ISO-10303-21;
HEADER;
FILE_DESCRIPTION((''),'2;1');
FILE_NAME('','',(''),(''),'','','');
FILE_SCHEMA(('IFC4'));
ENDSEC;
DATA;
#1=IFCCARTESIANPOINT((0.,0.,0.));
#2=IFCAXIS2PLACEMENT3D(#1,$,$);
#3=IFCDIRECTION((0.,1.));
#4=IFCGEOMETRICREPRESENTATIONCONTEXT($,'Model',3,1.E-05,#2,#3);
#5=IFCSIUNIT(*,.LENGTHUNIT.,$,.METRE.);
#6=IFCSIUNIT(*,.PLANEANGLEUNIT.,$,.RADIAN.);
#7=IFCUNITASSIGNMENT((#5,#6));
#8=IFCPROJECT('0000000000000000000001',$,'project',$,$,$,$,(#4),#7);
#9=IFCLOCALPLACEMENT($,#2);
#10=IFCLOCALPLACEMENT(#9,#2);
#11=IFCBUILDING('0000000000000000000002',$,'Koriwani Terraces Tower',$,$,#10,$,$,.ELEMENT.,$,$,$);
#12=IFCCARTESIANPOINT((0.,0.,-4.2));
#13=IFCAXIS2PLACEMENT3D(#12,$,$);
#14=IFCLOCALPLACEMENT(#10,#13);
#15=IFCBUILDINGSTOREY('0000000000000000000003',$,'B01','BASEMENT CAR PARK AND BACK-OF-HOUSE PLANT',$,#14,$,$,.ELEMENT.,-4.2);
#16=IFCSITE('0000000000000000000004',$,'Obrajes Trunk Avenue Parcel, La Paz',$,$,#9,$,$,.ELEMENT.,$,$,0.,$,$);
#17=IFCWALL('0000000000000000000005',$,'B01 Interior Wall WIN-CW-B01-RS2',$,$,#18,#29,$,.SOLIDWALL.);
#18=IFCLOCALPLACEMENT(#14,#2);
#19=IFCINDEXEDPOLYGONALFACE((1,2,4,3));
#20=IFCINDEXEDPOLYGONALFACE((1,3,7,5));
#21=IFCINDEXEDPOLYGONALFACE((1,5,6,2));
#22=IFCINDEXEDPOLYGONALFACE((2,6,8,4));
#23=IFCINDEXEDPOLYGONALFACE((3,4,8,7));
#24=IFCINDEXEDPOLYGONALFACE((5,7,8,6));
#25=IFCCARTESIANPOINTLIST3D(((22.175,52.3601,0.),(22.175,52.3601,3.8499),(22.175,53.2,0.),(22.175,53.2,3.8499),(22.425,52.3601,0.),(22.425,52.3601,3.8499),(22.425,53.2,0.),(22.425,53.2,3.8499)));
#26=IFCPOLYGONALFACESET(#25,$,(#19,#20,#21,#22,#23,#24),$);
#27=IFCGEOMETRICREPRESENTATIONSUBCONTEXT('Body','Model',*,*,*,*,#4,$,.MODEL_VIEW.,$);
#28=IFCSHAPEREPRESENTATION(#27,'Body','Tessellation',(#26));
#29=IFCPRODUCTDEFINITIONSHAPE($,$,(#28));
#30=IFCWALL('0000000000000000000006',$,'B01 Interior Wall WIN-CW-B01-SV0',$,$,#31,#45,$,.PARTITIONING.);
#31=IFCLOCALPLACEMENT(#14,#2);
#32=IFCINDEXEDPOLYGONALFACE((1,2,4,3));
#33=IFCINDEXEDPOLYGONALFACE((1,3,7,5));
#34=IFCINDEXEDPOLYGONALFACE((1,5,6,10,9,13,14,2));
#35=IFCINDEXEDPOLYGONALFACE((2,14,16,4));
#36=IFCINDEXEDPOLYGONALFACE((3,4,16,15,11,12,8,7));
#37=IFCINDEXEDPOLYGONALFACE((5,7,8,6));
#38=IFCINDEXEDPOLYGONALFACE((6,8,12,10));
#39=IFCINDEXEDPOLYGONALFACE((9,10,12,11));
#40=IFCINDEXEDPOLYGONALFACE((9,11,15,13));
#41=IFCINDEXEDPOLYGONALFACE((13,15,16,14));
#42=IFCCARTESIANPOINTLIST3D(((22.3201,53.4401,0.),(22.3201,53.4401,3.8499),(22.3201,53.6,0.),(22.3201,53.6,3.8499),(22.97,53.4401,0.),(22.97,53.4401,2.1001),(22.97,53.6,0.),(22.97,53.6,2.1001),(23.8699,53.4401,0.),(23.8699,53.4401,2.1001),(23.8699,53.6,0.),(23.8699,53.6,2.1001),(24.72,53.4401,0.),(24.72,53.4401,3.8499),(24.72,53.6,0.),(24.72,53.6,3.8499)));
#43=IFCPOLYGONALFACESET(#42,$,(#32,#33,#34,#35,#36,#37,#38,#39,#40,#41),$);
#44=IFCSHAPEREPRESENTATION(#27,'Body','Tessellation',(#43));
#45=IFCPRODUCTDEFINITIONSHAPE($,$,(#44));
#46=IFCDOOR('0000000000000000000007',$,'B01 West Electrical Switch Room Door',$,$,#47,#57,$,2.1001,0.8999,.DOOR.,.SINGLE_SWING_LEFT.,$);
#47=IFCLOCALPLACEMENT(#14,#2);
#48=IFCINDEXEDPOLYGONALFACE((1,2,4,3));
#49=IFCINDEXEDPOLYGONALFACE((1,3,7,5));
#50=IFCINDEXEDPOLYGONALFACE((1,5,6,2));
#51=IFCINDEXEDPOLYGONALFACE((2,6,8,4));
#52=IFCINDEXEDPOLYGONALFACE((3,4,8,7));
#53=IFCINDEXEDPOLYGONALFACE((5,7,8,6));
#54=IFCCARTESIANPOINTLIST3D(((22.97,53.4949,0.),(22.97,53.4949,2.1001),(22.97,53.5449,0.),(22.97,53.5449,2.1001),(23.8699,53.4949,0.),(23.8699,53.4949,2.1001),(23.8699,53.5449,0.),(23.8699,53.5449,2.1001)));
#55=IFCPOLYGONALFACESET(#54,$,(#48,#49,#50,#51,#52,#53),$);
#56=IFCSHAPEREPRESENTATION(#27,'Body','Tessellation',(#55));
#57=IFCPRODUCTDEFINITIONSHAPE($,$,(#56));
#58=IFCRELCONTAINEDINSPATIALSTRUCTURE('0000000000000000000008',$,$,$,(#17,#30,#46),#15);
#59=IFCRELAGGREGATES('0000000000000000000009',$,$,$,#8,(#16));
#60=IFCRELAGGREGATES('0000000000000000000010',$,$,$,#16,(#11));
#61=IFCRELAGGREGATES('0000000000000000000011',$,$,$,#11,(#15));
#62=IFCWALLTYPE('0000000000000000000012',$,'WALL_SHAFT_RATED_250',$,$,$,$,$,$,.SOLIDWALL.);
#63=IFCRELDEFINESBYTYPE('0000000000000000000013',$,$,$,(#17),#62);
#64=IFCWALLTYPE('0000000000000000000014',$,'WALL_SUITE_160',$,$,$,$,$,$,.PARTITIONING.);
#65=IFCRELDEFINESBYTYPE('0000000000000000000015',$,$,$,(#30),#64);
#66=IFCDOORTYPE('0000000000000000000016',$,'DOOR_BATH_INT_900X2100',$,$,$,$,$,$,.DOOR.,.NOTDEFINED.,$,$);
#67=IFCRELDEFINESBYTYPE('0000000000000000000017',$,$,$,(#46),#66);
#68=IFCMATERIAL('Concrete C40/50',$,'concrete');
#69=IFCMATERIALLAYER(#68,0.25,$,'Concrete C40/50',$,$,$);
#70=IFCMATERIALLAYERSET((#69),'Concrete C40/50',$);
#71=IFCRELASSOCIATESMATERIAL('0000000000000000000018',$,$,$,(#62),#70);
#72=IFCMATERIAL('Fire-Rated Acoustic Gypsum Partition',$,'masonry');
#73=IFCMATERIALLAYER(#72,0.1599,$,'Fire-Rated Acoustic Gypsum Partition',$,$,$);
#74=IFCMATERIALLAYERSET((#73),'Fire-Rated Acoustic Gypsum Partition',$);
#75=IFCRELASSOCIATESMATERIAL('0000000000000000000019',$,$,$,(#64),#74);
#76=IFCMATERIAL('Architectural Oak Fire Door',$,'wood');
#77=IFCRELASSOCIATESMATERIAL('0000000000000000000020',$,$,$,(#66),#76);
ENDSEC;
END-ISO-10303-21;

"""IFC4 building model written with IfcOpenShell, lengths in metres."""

from ifc_helpers import new_model, si_unit, direction, frame, frame_2d, origin, place, context, subcontext, project, spatial, rectangle, extrude, material, layer, layer_set, type_object, element, fill, save


model = new_model("IFC4")

# Units and contexts
model_context = context("Model", 3, precision=1e-05, world=origin(), true_north=direction((0.0, 1.0)))
body_context = subcontext(model_context, "Body", "Model", "MODEL_VIEW")
ifc_project = project(units=[si_unit("LENGTHUNIT", "METRE"), si_unit("PLANEANGLEUNIT", "RADIAN")], contexts=[model_context])

# Site, building, storey
site_placement = place(None, origin())
site = spatial("IfcSite", under=ifc_project, at=site_placement, Name="Obrajes Trunk Avenue Parcel, La Paz", CompositionType="ELEMENT", RefElevation=0.0)
building_placement = place(site_placement, origin())
building = spatial("IfcBuilding", under=site, at=building_placement, Name="Koriwani Terraces Tower", CompositionType="ELEMENT")
storey_placement = place(building_placement, frame((0.0, 0.0, -4.2)))
storey = spatial("IfcBuildingStorey", under=building, at=storey_placement, Name="B01", Description="BASEMENT CAR PARK AND BACK-OF-HOUSE PLANT", CompositionType="ELEMENT", Elevation=-4.2)

# Shared definitions
ifc_material_1 = material(Name="Concrete C40/50", Category="concrete")
ifc_layer_1 = layer(ifc_material_1, 0.25, Name="Concrete C40/50")
ifc_layer_set_1 = layer_set([ifc_layer_1], Name="Concrete C40/50")
wall_type_1 = type_object("IfcWallType", Name="WALL_SHAFT_RATED_250", PredefinedType="SOLIDWALL", material=ifc_layer_set_1)

# Wall
wall_1_placement = place(storey_placement, frame((22.3, 52.3601, 0.0), z_axis=(0.0, 0.0, 1.0), x_axis=(0.0, 1.0, 0.0)))
element("IfcWall", 1, at=wall_1_placement, inside=storey, type_object=wall_type_1, Name="B01 Interior Wall WIN-CW-B01-RS2", PredefinedType="SOLIDWALL", context=body_context, shape_type="SweptSolid", body=[
    extrude(rectangle(XDim=0.8398, YDim=0.25, at=frame_2d((0.4199, 0.0))), origin(), (0.0, 0.0, 1.0), 3.8499),
])

# Wall, opening, door
ifc_material_2 = material(Name="Fire-Rated Acoustic Gypsum Partition", Category="masonry")
ifc_layer_2 = layer(ifc_material_2, 0.1599, Name="Fire-Rated Acoustic Gypsum Partition")
ifc_layer_set_2 = layer_set([ifc_layer_2], Name="Fire-Rated Acoustic Gypsum Partition")
wall_type_2 = type_object("IfcWallType", Name="WALL_SUITE_160", PredefinedType="PARTITIONING", material=ifc_layer_set_2)
wall_2_placement = place(storey_placement, frame((22.3201, 53.52, 0.0), z_axis=(0.0, 0.0, 1.0), x_axis=(1.0, 0.0, 0.0)))
wall_2 = element("IfcWall", 2, at=wall_2_placement, inside=storey, type_object=wall_type_2, Name="B01 Interior Wall WIN-CW-B01-SV0", PredefinedType="PARTITIONING", context=body_context, shape_type="SweptSolid", body=[
    extrude(rectangle(XDim=2.3999, YDim=0.1599, at=frame_2d((1.2, 0.0))), origin(), (0.0, 0.0, 1.0), 3.8499),
])
opening_1_placement = place(wall_2_placement, frame((0.6499, 0.0, 0.0)))
opening_1 = element("IfcOpeningElement", 3, at=opening_1_placement, cuts=wall_2, PredefinedType="OPENING", context=body_context, shape_type="SweptSolid", body=[
    extrude(rectangle(XDim=0.8999, YDim=2.1001, at=frame_2d((0.45, 1.05))), frame((0.0, 0.0898, 0.0), z_axis=(0.0, -1.0, 0.0), x_axis=(1.0, 0.0, 0.0)), (0.0, 0.0, 1.0), 0.1799),
])
ifc_material_3 = material(Name="Architectural Oak Fire Door", Category="wood")
door_type_1 = type_object("IfcDoorType", Name="DOOR_BATH_INT_900X2100", OperationType="NOTDEFINED", PredefinedType="DOOR", material=ifc_material_3)
door_1_placement = place(opening_1_placement, origin())
door_1 = element("IfcDoor", 4, at=door_1_placement, inside=storey, type_object=door_type_1, Name="B01 West Electrical Switch Room Door", OperationType="SINGLE_SWING_LEFT", OverallHeight=2.1001, OverallWidth=0.8999, PredefinedType="DOOR", context=body_context, shape_type="SweptSolid", body=[
    extrude(rectangle(XDim=0.8999, YDim=2.1001, at=frame_2d((0.45, 1.05))), frame((0.0, 0.0249, 0.0), z_axis=(0.0, -1.0, 0.0), x_axis=(1.0, 0.0, 0.0)), (0.0, 0.0, 1.0), 0.05),
])
fill(opening_1, door_1)

save(model, "model.ifc")
